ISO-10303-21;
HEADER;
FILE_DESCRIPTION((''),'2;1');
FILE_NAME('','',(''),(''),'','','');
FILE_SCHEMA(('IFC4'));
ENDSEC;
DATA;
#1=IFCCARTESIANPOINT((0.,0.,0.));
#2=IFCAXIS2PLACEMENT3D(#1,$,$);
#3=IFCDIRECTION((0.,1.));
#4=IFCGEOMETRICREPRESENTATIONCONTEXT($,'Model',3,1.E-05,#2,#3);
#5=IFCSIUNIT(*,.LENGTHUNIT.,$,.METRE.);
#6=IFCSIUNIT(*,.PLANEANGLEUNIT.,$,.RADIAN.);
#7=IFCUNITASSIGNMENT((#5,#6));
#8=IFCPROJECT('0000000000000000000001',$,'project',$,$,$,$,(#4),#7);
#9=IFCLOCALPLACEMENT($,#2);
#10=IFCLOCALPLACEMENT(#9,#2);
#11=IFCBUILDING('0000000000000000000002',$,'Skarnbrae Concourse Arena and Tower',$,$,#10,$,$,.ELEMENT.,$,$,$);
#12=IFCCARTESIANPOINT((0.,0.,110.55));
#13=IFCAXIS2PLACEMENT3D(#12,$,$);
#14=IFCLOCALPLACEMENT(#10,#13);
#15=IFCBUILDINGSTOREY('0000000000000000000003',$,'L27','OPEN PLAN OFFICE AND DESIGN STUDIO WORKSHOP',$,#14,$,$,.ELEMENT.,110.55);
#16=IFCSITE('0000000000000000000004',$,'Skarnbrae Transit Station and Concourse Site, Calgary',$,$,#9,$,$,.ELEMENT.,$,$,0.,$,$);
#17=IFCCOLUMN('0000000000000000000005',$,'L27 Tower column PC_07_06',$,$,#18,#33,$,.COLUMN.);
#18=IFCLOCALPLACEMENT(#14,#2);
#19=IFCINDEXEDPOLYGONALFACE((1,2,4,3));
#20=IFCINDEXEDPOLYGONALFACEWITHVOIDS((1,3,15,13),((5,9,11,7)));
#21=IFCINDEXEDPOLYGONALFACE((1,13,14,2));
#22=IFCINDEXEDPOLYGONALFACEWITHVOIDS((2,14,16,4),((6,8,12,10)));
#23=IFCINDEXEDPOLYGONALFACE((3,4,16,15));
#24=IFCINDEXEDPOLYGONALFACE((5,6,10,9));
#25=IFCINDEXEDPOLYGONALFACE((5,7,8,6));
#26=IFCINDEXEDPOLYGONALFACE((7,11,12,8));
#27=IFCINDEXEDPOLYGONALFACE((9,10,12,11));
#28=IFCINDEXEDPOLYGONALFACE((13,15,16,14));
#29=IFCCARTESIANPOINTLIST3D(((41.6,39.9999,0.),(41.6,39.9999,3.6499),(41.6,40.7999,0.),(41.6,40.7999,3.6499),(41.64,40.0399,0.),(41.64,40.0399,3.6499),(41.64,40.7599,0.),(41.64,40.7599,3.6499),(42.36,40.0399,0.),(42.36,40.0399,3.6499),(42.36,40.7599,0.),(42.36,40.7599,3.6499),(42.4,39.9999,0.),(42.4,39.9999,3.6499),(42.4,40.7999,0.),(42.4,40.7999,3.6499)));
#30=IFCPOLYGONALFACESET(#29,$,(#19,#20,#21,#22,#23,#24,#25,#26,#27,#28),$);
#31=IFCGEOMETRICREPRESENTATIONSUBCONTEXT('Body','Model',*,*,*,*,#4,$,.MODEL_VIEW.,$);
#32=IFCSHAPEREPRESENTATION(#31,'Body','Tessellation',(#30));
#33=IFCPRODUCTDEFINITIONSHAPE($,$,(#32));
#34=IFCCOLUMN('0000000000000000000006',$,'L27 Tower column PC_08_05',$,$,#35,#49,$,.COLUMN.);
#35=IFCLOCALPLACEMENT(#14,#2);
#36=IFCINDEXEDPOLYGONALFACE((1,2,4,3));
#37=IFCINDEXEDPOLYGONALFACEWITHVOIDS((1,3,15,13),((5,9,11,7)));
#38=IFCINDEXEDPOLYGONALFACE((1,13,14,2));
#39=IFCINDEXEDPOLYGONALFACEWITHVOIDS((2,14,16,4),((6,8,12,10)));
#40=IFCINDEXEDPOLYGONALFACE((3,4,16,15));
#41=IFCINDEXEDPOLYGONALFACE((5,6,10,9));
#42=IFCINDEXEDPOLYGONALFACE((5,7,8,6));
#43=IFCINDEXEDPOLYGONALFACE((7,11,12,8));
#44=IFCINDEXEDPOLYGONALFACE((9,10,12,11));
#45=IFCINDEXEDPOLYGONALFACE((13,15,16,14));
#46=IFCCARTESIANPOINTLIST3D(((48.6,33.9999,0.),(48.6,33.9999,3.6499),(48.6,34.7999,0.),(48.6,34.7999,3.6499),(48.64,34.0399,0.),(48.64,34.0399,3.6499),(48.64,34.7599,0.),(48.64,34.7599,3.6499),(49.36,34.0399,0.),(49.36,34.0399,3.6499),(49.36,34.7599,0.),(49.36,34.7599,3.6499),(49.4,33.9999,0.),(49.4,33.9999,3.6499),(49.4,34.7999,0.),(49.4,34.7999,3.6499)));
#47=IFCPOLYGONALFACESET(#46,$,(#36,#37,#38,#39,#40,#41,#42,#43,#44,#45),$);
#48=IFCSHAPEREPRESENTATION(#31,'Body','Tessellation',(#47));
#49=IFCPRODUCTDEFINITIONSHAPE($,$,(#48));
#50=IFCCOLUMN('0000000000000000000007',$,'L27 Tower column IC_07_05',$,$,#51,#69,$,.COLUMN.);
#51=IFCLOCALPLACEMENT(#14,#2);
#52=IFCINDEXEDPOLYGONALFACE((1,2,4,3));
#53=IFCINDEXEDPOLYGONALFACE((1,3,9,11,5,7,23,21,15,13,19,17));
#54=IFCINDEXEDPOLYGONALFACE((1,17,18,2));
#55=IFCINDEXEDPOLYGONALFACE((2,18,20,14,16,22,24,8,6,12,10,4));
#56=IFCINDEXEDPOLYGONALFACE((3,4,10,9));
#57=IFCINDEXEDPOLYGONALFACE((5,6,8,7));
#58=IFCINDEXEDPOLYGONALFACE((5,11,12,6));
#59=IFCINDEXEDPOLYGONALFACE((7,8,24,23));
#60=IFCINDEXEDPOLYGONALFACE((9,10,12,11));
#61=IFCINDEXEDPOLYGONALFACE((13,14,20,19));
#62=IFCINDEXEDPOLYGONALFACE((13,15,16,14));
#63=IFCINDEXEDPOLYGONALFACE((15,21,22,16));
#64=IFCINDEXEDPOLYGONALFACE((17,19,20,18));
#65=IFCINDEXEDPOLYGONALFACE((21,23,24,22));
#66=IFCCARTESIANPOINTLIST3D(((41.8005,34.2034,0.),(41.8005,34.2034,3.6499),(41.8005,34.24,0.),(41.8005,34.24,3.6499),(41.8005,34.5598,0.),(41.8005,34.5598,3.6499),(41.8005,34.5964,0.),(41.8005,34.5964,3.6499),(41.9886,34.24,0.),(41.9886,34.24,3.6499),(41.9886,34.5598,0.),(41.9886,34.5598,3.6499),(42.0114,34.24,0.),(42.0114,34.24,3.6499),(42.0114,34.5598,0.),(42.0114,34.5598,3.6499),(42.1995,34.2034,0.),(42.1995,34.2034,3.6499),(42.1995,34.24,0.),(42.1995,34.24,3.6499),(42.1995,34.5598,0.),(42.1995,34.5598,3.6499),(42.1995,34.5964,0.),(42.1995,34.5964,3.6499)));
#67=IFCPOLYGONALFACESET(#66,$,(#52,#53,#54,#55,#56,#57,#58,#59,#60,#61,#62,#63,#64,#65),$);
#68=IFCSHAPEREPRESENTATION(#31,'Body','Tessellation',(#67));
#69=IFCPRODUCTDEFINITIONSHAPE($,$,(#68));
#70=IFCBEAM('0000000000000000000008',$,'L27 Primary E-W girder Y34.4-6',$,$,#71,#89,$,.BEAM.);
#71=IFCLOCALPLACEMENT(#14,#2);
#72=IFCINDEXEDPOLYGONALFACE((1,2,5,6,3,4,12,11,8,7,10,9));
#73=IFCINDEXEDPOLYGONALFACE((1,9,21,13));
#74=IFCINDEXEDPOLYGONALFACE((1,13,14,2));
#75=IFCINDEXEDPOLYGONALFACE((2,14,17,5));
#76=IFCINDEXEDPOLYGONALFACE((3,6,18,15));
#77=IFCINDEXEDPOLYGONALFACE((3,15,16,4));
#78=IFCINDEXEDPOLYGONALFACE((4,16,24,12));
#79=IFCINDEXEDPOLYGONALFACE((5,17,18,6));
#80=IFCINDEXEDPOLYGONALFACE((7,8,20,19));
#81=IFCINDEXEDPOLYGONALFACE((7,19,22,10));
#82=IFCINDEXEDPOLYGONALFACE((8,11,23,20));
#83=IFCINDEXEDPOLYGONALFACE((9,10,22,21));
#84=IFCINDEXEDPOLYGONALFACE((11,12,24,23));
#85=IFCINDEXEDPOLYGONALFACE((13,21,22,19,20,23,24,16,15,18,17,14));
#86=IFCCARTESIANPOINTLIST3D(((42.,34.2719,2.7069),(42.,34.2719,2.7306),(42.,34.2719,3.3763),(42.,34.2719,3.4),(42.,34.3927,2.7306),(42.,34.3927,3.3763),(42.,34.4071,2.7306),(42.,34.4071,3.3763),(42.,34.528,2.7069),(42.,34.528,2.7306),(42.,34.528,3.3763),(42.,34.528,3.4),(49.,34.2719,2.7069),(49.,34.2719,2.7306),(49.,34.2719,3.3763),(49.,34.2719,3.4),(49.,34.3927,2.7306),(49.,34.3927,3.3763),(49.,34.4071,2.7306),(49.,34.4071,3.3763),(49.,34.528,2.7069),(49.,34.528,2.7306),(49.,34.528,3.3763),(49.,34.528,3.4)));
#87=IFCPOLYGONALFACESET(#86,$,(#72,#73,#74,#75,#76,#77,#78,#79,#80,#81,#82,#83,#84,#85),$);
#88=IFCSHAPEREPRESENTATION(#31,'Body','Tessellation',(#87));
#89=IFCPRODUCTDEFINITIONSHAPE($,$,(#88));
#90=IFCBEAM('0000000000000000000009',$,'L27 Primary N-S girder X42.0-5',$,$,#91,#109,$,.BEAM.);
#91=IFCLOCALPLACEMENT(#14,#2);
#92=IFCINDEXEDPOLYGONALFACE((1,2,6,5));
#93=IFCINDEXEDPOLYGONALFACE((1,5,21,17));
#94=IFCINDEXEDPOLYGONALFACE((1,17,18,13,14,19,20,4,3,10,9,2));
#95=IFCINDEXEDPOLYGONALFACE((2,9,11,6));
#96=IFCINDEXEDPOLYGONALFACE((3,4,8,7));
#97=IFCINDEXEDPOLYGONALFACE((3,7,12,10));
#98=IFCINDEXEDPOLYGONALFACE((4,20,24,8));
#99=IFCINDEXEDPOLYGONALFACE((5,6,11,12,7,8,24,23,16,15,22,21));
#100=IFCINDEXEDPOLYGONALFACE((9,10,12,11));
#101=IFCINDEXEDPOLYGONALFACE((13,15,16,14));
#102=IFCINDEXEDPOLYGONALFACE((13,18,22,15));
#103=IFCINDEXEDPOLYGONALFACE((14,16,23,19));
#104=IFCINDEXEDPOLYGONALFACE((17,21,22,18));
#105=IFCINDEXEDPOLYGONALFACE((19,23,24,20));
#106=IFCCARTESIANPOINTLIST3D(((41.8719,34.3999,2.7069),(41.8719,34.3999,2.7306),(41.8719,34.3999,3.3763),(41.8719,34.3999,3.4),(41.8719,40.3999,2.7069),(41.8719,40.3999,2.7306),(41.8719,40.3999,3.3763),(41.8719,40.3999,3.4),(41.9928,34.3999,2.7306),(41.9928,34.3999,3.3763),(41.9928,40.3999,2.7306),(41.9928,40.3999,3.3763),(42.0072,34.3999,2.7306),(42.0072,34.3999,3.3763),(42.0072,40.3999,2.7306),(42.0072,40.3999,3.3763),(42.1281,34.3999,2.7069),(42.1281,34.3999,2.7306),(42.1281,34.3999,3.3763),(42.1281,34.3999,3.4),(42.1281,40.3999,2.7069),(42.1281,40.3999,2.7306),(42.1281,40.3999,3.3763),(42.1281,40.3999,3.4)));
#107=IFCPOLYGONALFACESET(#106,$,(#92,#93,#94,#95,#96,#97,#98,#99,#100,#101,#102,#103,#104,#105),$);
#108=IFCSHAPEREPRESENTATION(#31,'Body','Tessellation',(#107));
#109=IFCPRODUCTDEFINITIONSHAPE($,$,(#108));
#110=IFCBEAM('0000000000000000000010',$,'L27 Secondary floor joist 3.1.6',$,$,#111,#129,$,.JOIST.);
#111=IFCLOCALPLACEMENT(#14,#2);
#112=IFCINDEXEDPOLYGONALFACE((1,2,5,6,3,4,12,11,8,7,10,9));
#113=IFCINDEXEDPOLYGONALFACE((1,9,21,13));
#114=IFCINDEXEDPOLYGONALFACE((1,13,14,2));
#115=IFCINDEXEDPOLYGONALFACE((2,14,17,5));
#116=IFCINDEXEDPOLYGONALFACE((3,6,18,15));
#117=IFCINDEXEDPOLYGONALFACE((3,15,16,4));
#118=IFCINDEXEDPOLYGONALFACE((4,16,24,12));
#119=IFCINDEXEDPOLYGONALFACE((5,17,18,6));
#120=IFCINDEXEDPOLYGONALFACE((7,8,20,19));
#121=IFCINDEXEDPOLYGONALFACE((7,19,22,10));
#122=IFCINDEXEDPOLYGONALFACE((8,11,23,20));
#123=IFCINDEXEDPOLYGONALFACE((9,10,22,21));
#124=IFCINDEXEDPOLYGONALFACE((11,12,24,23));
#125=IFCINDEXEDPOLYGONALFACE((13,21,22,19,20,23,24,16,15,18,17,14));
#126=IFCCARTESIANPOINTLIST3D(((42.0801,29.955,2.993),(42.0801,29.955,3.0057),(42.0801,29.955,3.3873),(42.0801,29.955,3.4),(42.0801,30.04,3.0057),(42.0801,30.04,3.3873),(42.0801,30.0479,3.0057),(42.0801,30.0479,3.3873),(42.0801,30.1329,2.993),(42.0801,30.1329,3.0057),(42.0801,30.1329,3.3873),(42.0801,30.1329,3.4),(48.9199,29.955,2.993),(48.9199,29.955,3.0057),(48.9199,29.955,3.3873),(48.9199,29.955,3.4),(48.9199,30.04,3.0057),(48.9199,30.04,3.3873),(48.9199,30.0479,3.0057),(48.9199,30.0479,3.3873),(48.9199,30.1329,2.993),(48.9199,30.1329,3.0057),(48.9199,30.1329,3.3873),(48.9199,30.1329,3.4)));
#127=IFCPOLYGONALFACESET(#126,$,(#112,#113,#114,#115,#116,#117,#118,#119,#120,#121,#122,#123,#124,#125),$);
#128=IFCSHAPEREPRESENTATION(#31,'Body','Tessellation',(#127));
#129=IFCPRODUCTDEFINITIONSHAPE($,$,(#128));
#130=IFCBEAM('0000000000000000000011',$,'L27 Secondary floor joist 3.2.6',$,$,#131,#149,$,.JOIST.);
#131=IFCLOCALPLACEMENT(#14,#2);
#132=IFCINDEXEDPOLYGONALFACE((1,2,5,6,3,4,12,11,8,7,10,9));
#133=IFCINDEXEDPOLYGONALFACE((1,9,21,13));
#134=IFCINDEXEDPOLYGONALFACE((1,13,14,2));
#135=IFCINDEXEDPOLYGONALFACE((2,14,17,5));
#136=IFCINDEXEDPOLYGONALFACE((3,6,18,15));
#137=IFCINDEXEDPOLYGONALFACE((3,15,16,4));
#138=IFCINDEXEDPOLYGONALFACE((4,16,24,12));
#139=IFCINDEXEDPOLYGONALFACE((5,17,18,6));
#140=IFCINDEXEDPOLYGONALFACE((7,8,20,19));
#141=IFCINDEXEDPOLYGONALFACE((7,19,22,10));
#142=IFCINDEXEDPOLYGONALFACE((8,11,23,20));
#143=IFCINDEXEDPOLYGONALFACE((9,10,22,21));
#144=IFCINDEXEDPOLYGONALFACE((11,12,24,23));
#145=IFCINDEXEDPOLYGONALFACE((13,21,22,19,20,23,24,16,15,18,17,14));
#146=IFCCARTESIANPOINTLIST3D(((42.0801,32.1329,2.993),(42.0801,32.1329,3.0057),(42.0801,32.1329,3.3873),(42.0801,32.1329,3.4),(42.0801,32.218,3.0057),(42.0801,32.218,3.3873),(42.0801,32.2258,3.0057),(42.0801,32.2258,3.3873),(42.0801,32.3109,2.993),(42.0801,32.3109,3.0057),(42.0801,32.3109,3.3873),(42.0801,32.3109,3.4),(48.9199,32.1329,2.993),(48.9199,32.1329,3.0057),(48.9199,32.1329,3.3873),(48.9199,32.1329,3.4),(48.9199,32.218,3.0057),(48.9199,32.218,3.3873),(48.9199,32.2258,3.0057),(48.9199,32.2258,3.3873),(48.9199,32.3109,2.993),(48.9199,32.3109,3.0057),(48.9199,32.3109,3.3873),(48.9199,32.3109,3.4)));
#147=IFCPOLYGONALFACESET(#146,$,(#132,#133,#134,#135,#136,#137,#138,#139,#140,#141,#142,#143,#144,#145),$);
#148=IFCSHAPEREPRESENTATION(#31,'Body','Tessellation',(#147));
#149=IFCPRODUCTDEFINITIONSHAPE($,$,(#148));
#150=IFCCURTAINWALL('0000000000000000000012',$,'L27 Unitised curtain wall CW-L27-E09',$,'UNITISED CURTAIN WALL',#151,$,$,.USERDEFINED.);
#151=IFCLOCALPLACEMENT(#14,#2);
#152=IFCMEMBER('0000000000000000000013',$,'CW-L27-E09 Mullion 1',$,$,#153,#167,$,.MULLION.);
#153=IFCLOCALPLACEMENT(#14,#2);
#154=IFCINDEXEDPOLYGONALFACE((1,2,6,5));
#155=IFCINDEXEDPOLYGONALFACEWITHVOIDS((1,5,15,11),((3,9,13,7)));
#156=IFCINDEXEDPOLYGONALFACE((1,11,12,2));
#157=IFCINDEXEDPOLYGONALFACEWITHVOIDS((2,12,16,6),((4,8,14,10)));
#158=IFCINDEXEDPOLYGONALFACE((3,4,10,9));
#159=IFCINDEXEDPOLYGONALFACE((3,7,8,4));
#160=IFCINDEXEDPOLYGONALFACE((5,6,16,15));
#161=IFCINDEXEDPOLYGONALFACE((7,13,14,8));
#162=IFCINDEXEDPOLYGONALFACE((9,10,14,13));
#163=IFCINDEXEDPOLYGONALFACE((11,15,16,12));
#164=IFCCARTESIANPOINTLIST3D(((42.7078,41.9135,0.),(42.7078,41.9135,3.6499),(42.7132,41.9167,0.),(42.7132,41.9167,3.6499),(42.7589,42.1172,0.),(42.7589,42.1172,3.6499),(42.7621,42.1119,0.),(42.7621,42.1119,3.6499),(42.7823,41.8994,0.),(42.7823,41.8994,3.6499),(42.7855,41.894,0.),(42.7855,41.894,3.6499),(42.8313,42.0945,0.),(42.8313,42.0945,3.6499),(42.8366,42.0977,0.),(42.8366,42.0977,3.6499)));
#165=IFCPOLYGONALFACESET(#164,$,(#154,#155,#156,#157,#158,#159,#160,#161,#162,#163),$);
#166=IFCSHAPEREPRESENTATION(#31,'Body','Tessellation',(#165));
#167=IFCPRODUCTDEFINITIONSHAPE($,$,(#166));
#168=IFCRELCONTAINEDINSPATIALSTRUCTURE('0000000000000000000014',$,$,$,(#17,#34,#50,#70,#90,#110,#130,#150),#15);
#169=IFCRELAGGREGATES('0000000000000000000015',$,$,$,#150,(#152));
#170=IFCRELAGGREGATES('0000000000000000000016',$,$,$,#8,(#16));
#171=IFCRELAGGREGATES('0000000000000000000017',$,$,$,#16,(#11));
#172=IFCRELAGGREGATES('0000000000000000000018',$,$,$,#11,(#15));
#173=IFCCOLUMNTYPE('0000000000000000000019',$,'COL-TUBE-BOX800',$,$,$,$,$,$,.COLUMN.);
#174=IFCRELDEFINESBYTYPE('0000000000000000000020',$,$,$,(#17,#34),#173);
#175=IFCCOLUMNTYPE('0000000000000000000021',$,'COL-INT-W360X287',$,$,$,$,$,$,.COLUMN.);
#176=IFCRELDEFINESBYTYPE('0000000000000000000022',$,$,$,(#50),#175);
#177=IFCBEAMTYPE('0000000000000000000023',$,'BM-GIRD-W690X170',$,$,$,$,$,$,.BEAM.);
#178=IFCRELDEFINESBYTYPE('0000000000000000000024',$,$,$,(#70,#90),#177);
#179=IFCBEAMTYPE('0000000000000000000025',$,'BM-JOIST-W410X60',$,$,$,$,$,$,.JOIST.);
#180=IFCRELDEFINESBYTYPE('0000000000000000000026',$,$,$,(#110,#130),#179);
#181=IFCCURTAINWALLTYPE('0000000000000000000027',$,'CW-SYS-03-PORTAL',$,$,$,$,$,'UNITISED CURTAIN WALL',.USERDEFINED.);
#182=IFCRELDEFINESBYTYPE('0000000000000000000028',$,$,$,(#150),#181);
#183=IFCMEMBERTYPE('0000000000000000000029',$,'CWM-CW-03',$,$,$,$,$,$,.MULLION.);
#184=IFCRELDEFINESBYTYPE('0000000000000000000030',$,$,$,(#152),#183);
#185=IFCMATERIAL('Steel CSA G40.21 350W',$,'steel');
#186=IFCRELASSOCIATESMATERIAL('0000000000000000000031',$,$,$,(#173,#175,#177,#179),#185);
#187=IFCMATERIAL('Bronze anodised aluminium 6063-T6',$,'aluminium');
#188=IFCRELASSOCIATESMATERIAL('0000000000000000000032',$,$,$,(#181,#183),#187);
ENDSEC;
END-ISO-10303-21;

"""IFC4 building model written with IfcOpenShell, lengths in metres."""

from ifc_helpers import new_model, si_unit, direction, frame, origin, origin_2d, place, context, subcontext, project, spatial, hollow_rectangle, i_section, extrude, source, transform, mapped, material, material_profile, profile_set, type_object, element, aggregate, save


model = new_model("IFC4")

# Units and contexts
model_context = context("Model", 3, precision=1e-05, world=origin(), true_north=direction((0.0, 1.0)))
body_context = subcontext(model_context, "Body", "Model", "MODEL_VIEW")
ifc_project = project(units=[si_unit("LENGTHUNIT", "METRE"), si_unit("PLANEANGLEUNIT", "RADIAN")], contexts=[model_context])

# Site, building, storey
site_placement = place(None, origin())
site = spatial("IfcSite", under=ifc_project, at=site_placement, Name="Skarnbrae Transit Station and Concourse Site, Calgary", CompositionType="ELEMENT", RefElevation=0.0)
building_placement = place(site_placement, origin())
building = spatial("IfcBuilding", under=site, at=building_placement, Name="Skarnbrae Concourse Arena and Tower", CompositionType="ELEMENT")
storey_placement = place(building_placement, frame((0.0, 0.0, 110.55)))
storey = spatial("IfcBuildingStorey", under=building, at=storey_placement, Name="L27", Description="OPEN PLAN OFFICE AND DESIGN STUDIO WORKSHOP", CompositionType="ELEMENT", Elevation=110.55)

# Columns
ifc_material_1 = material(Name="Steel CSA G40.21 350W", Category="steel")
ifc_material_profile_1 = material_profile(ifc_material_1, hollow_rectangle(XDim=0.8, YDim=0.8, WallThickness=0.04, at=origin_2d()), Name="BOX800X800X40")
ifc_profile_set_1 = profile_set([ifc_material_profile_1], Name="Steel CSA G40.21 350W")
column_type_1 = type_object("IfcColumnType", Name="COL-TUBE-BOX800", PredefinedType="COLUMN", material=ifc_profile_set_1)
shared_shape_1 = source(origin(), body_context, "Body", "SweptSolid", [
    extrude(hollow_rectangle(XDim=0.8, YDim=0.8, WallThickness=0.04, at=origin_2d()), origin(), (0.0, 0.0, 1.0), 3.6499),
])
for number, where, z_axis, x_axis, name in (
    (1, (42.0, 40.3999, 0.0), (0.0, 0.0, 1.0), (1.0, 0.0, 0.0), "L27 Tower column PC_07_06"),
    (2, (49.0, 34.3999, 0.0), (0.0, 0.0, 1.0), (1.0, 0.0, 0.0), "L27 Tower column PC_08_05"),
):
    element("IfcColumn", number, at=place(storey_placement, frame(where, z_axis=z_axis, x_axis=x_axis)), inside=storey, type_object=column_type_1, Name=name, PredefinedType="COLUMN", context=body_context, shape_type="MappedRepresentation", body=[
        mapped(shared_shape_1, transform((0.0, 0.0, 0.0))),
    ])
ifc_material_profile_2 = material_profile(ifc_material_1, i_section(OverallWidth=0.3989, OverallDepth=0.3931, WebThickness=0.0227, FlangeThickness=0.0366, at=origin_2d()), Name="W360X287")
ifc_profile_set_2 = profile_set([ifc_material_profile_2], Name="Steel CSA G40.21 350W")
column_type_2 = type_object("IfcColumnType", Name="COL-INT-W360X287", PredefinedType="COLUMN", material=ifc_profile_set_2)
shared_shape_2 = source(origin(), body_context, "Body", "SweptSolid", [
    extrude(i_section(OverallWidth=0.3989, OverallDepth=0.3931, WebThickness=0.0227, FlangeThickness=0.0366, at=origin_2d()), origin(), (0.0, 0.0, 1.0), 3.6499),
])
column_placement = place(storey_placement, frame((42.0, 34.3999, 0.0), z_axis=(0.0, 0.0, 1.0), x_axis=(1.0, 0.0, 0.0)))
element("IfcColumn", 3, at=column_placement, inside=storey, type_object=column_type_2, Name="L27 Tower column IC_07_05", PredefinedType="COLUMN", context=body_context, shape_type="MappedRepresentation", body=[
    mapped(shared_shape_2, transform((0.0, 0.0, 0.0))),
])

# Beams
ifc_material_profile_3 = material_profile(ifc_material_1, i_section(OverallWidth=0.2561, OverallDepth=0.6931, WebThickness=0.0144, FlangeThickness=0.0237, at=origin_2d()), Name="W690X170")
ifc_profile_set_3 = profile_set([ifc_material_profile_3], Name="Steel CSA G40.21 350W")
beam_type_1 = type_object("IfcBeamType", Name="BM-GIRD-W690X170", PredefinedType="BEAM", material=ifc_profile_set_3)
shared_shape_3 = source(origin(), body_context, "Body", "SweptSolid", [
    extrude(i_section(OverallWidth=0.2561, OverallDepth=0.6931, WebThickness=0.0144, FlangeThickness=0.0237, at=origin_2d()), origin(), (0.0, 0.0, 1.0), 7.0),
])
beam_1_placement = place(storey_placement, frame((42.0, 34.3999, 3.0535), z_axis=(1.0, 0.0, 0.0), x_axis=(0.0, 1.0, 0.0)))
element("IfcBeam", 4, at=beam_1_placement, inside=storey, type_object=beam_type_1, Name="L27 Primary E-W girder Y34.4-6", PredefinedType="BEAM", context=body_context, shape_type="MappedRepresentation", body=[
    mapped(shared_shape_3, transform((0.0, 0.0, 0.0))),
])
shared_shape_4 = source(origin(), body_context, "Body", "SweptSolid", [
    extrude(i_section(OverallWidth=0.2561, OverallDepth=0.6931, WebThickness=0.0144, FlangeThickness=0.0237, at=origin_2d()), origin(), (0.0, 0.0, 1.0), 6.0),
])
beam_2_placement = place(storey_placement, frame((42.0, 34.3999, 3.0535), z_axis=(0.0, 1.0, 0.0), x_axis=(-1.0, 0.0, 0.0)))
element("IfcBeam", 5, at=beam_2_placement, inside=storey, type_object=beam_type_1, Name="L27 Primary N-S girder X42.0-5", PredefinedType="BEAM", context=body_context, shape_type="MappedRepresentation", body=[
    mapped(shared_shape_4, transform((0.0, 0.0, 0.0))),
])
ifc_material_profile_4 = material_profile(ifc_material_1, i_section(OverallWidth=0.178, OverallDepth=0.407, WebThickness=0.0078, FlangeThickness=0.0127, at=origin_2d()), Name="W410X60")
ifc_profile_set_4 = profile_set([ifc_material_profile_4], Name="Steel CSA G40.21 350W")
beam_type_2 = type_object("IfcBeamType", Name="BM-JOIST-W410X60", PredefinedType="JOIST", material=ifc_profile_set_4)
shared_shape_5 = source(origin(), body_context, "Body", "SweptSolid", [
    extrude(i_section(OverallWidth=0.178, OverallDepth=0.407, WebThickness=0.0078, FlangeThickness=0.0127, at=origin_2d()), origin(), (0.0, 0.0, 1.0), 6.8398),
])
for number, where, z_axis, x_axis, name in (
    (6, (42.0801, 30.0439, 3.1965), (1.0, 0.0, 0.0), (0.0, 1.0, 0.0), "L27 Secondary floor joist 3.1.6"),
    (7, (42.0801, 32.2219, 3.1965), (1.0, 0.0, 0.0), (0.0, 1.0, 0.0), "L27 Secondary floor joist 3.2.6"),
):
    element("IfcBeam", number, at=place(storey_placement, frame(where, z_axis=z_axis, x_axis=x_axis)), inside=storey, type_object=beam_type_2, Name=name, PredefinedType="JOIST", context=body_context, shape_type="MappedRepresentation", body=[
        mapped(shared_shape_5, transform((0.0, 0.0, 0.0))),
    ])

# Curtain wall, member
ifc_material_2 = material(Name="Bronze anodised aluminium 6063-T6", Category="aluminium")
curtain_wall_type_1 = type_object("IfcCurtainWallType", Name="CW-SYS-03-PORTAL", ElementType="UNITISED CURTAIN WALL", PredefinedType="USERDEFINED", material=ifc_material_2)
curtain_wall_1_placement = place(storey_placement, origin())
curtain_wall_1 = element("IfcCurtainWall", 8, at=curtain_wall_1_placement, inside=storey, type_object=curtain_wall_type_1, Name="L27 Unitised curtain wall CW-L27-E09", ObjectType="UNITISED CURTAIN WALL", PredefinedType="USERDEFINED")
ifc_material_profile_5 = material_profile(ifc_material_2, hollow_rectangle(XDim=0.0801, YDim=0.21, WallThickness=0.0044, at=origin_2d()), Name="ALU-MULL-80X210")
ifc_profile_set_5 = profile_set([ifc_material_profile_5], Name="Bronze anodised aluminium 6063-T6")
member_type_1 = type_object("IfcMemberType", Name="CWM-CW-03", PredefinedType="MULLION", material=ifc_profile_set_5)
shared_shape_6 = source(origin(), body_context, "Body", "SweptSolid", [
    extrude(hollow_rectangle(XDim=0.0801, YDim=0.21, WallThickness=0.0044, at=origin_2d()), origin(), (0.0, 0.0, 1.0), 3.6499),
])
member_1_placement = place(storey_placement, frame((42.7722, 42.0056, 0.0), z_axis=(0.0, 0.0, 1.0), x_axis=(-0.969903, 0.243491, 0.0)))
member_1 = element("IfcMember", 9, at=member_1_placement, type_object=member_type_1, Name="CW-L27-E09 Mullion 1", PredefinedType="MULLION", context=body_context, shape_type="MappedRepresentation", body=[
    mapped(shared_shape_6, transform((0.0, 0.0, 0.0))),
])

aggregate(curtain_wall_1, [member_1])

save(model, "model.ifc")
